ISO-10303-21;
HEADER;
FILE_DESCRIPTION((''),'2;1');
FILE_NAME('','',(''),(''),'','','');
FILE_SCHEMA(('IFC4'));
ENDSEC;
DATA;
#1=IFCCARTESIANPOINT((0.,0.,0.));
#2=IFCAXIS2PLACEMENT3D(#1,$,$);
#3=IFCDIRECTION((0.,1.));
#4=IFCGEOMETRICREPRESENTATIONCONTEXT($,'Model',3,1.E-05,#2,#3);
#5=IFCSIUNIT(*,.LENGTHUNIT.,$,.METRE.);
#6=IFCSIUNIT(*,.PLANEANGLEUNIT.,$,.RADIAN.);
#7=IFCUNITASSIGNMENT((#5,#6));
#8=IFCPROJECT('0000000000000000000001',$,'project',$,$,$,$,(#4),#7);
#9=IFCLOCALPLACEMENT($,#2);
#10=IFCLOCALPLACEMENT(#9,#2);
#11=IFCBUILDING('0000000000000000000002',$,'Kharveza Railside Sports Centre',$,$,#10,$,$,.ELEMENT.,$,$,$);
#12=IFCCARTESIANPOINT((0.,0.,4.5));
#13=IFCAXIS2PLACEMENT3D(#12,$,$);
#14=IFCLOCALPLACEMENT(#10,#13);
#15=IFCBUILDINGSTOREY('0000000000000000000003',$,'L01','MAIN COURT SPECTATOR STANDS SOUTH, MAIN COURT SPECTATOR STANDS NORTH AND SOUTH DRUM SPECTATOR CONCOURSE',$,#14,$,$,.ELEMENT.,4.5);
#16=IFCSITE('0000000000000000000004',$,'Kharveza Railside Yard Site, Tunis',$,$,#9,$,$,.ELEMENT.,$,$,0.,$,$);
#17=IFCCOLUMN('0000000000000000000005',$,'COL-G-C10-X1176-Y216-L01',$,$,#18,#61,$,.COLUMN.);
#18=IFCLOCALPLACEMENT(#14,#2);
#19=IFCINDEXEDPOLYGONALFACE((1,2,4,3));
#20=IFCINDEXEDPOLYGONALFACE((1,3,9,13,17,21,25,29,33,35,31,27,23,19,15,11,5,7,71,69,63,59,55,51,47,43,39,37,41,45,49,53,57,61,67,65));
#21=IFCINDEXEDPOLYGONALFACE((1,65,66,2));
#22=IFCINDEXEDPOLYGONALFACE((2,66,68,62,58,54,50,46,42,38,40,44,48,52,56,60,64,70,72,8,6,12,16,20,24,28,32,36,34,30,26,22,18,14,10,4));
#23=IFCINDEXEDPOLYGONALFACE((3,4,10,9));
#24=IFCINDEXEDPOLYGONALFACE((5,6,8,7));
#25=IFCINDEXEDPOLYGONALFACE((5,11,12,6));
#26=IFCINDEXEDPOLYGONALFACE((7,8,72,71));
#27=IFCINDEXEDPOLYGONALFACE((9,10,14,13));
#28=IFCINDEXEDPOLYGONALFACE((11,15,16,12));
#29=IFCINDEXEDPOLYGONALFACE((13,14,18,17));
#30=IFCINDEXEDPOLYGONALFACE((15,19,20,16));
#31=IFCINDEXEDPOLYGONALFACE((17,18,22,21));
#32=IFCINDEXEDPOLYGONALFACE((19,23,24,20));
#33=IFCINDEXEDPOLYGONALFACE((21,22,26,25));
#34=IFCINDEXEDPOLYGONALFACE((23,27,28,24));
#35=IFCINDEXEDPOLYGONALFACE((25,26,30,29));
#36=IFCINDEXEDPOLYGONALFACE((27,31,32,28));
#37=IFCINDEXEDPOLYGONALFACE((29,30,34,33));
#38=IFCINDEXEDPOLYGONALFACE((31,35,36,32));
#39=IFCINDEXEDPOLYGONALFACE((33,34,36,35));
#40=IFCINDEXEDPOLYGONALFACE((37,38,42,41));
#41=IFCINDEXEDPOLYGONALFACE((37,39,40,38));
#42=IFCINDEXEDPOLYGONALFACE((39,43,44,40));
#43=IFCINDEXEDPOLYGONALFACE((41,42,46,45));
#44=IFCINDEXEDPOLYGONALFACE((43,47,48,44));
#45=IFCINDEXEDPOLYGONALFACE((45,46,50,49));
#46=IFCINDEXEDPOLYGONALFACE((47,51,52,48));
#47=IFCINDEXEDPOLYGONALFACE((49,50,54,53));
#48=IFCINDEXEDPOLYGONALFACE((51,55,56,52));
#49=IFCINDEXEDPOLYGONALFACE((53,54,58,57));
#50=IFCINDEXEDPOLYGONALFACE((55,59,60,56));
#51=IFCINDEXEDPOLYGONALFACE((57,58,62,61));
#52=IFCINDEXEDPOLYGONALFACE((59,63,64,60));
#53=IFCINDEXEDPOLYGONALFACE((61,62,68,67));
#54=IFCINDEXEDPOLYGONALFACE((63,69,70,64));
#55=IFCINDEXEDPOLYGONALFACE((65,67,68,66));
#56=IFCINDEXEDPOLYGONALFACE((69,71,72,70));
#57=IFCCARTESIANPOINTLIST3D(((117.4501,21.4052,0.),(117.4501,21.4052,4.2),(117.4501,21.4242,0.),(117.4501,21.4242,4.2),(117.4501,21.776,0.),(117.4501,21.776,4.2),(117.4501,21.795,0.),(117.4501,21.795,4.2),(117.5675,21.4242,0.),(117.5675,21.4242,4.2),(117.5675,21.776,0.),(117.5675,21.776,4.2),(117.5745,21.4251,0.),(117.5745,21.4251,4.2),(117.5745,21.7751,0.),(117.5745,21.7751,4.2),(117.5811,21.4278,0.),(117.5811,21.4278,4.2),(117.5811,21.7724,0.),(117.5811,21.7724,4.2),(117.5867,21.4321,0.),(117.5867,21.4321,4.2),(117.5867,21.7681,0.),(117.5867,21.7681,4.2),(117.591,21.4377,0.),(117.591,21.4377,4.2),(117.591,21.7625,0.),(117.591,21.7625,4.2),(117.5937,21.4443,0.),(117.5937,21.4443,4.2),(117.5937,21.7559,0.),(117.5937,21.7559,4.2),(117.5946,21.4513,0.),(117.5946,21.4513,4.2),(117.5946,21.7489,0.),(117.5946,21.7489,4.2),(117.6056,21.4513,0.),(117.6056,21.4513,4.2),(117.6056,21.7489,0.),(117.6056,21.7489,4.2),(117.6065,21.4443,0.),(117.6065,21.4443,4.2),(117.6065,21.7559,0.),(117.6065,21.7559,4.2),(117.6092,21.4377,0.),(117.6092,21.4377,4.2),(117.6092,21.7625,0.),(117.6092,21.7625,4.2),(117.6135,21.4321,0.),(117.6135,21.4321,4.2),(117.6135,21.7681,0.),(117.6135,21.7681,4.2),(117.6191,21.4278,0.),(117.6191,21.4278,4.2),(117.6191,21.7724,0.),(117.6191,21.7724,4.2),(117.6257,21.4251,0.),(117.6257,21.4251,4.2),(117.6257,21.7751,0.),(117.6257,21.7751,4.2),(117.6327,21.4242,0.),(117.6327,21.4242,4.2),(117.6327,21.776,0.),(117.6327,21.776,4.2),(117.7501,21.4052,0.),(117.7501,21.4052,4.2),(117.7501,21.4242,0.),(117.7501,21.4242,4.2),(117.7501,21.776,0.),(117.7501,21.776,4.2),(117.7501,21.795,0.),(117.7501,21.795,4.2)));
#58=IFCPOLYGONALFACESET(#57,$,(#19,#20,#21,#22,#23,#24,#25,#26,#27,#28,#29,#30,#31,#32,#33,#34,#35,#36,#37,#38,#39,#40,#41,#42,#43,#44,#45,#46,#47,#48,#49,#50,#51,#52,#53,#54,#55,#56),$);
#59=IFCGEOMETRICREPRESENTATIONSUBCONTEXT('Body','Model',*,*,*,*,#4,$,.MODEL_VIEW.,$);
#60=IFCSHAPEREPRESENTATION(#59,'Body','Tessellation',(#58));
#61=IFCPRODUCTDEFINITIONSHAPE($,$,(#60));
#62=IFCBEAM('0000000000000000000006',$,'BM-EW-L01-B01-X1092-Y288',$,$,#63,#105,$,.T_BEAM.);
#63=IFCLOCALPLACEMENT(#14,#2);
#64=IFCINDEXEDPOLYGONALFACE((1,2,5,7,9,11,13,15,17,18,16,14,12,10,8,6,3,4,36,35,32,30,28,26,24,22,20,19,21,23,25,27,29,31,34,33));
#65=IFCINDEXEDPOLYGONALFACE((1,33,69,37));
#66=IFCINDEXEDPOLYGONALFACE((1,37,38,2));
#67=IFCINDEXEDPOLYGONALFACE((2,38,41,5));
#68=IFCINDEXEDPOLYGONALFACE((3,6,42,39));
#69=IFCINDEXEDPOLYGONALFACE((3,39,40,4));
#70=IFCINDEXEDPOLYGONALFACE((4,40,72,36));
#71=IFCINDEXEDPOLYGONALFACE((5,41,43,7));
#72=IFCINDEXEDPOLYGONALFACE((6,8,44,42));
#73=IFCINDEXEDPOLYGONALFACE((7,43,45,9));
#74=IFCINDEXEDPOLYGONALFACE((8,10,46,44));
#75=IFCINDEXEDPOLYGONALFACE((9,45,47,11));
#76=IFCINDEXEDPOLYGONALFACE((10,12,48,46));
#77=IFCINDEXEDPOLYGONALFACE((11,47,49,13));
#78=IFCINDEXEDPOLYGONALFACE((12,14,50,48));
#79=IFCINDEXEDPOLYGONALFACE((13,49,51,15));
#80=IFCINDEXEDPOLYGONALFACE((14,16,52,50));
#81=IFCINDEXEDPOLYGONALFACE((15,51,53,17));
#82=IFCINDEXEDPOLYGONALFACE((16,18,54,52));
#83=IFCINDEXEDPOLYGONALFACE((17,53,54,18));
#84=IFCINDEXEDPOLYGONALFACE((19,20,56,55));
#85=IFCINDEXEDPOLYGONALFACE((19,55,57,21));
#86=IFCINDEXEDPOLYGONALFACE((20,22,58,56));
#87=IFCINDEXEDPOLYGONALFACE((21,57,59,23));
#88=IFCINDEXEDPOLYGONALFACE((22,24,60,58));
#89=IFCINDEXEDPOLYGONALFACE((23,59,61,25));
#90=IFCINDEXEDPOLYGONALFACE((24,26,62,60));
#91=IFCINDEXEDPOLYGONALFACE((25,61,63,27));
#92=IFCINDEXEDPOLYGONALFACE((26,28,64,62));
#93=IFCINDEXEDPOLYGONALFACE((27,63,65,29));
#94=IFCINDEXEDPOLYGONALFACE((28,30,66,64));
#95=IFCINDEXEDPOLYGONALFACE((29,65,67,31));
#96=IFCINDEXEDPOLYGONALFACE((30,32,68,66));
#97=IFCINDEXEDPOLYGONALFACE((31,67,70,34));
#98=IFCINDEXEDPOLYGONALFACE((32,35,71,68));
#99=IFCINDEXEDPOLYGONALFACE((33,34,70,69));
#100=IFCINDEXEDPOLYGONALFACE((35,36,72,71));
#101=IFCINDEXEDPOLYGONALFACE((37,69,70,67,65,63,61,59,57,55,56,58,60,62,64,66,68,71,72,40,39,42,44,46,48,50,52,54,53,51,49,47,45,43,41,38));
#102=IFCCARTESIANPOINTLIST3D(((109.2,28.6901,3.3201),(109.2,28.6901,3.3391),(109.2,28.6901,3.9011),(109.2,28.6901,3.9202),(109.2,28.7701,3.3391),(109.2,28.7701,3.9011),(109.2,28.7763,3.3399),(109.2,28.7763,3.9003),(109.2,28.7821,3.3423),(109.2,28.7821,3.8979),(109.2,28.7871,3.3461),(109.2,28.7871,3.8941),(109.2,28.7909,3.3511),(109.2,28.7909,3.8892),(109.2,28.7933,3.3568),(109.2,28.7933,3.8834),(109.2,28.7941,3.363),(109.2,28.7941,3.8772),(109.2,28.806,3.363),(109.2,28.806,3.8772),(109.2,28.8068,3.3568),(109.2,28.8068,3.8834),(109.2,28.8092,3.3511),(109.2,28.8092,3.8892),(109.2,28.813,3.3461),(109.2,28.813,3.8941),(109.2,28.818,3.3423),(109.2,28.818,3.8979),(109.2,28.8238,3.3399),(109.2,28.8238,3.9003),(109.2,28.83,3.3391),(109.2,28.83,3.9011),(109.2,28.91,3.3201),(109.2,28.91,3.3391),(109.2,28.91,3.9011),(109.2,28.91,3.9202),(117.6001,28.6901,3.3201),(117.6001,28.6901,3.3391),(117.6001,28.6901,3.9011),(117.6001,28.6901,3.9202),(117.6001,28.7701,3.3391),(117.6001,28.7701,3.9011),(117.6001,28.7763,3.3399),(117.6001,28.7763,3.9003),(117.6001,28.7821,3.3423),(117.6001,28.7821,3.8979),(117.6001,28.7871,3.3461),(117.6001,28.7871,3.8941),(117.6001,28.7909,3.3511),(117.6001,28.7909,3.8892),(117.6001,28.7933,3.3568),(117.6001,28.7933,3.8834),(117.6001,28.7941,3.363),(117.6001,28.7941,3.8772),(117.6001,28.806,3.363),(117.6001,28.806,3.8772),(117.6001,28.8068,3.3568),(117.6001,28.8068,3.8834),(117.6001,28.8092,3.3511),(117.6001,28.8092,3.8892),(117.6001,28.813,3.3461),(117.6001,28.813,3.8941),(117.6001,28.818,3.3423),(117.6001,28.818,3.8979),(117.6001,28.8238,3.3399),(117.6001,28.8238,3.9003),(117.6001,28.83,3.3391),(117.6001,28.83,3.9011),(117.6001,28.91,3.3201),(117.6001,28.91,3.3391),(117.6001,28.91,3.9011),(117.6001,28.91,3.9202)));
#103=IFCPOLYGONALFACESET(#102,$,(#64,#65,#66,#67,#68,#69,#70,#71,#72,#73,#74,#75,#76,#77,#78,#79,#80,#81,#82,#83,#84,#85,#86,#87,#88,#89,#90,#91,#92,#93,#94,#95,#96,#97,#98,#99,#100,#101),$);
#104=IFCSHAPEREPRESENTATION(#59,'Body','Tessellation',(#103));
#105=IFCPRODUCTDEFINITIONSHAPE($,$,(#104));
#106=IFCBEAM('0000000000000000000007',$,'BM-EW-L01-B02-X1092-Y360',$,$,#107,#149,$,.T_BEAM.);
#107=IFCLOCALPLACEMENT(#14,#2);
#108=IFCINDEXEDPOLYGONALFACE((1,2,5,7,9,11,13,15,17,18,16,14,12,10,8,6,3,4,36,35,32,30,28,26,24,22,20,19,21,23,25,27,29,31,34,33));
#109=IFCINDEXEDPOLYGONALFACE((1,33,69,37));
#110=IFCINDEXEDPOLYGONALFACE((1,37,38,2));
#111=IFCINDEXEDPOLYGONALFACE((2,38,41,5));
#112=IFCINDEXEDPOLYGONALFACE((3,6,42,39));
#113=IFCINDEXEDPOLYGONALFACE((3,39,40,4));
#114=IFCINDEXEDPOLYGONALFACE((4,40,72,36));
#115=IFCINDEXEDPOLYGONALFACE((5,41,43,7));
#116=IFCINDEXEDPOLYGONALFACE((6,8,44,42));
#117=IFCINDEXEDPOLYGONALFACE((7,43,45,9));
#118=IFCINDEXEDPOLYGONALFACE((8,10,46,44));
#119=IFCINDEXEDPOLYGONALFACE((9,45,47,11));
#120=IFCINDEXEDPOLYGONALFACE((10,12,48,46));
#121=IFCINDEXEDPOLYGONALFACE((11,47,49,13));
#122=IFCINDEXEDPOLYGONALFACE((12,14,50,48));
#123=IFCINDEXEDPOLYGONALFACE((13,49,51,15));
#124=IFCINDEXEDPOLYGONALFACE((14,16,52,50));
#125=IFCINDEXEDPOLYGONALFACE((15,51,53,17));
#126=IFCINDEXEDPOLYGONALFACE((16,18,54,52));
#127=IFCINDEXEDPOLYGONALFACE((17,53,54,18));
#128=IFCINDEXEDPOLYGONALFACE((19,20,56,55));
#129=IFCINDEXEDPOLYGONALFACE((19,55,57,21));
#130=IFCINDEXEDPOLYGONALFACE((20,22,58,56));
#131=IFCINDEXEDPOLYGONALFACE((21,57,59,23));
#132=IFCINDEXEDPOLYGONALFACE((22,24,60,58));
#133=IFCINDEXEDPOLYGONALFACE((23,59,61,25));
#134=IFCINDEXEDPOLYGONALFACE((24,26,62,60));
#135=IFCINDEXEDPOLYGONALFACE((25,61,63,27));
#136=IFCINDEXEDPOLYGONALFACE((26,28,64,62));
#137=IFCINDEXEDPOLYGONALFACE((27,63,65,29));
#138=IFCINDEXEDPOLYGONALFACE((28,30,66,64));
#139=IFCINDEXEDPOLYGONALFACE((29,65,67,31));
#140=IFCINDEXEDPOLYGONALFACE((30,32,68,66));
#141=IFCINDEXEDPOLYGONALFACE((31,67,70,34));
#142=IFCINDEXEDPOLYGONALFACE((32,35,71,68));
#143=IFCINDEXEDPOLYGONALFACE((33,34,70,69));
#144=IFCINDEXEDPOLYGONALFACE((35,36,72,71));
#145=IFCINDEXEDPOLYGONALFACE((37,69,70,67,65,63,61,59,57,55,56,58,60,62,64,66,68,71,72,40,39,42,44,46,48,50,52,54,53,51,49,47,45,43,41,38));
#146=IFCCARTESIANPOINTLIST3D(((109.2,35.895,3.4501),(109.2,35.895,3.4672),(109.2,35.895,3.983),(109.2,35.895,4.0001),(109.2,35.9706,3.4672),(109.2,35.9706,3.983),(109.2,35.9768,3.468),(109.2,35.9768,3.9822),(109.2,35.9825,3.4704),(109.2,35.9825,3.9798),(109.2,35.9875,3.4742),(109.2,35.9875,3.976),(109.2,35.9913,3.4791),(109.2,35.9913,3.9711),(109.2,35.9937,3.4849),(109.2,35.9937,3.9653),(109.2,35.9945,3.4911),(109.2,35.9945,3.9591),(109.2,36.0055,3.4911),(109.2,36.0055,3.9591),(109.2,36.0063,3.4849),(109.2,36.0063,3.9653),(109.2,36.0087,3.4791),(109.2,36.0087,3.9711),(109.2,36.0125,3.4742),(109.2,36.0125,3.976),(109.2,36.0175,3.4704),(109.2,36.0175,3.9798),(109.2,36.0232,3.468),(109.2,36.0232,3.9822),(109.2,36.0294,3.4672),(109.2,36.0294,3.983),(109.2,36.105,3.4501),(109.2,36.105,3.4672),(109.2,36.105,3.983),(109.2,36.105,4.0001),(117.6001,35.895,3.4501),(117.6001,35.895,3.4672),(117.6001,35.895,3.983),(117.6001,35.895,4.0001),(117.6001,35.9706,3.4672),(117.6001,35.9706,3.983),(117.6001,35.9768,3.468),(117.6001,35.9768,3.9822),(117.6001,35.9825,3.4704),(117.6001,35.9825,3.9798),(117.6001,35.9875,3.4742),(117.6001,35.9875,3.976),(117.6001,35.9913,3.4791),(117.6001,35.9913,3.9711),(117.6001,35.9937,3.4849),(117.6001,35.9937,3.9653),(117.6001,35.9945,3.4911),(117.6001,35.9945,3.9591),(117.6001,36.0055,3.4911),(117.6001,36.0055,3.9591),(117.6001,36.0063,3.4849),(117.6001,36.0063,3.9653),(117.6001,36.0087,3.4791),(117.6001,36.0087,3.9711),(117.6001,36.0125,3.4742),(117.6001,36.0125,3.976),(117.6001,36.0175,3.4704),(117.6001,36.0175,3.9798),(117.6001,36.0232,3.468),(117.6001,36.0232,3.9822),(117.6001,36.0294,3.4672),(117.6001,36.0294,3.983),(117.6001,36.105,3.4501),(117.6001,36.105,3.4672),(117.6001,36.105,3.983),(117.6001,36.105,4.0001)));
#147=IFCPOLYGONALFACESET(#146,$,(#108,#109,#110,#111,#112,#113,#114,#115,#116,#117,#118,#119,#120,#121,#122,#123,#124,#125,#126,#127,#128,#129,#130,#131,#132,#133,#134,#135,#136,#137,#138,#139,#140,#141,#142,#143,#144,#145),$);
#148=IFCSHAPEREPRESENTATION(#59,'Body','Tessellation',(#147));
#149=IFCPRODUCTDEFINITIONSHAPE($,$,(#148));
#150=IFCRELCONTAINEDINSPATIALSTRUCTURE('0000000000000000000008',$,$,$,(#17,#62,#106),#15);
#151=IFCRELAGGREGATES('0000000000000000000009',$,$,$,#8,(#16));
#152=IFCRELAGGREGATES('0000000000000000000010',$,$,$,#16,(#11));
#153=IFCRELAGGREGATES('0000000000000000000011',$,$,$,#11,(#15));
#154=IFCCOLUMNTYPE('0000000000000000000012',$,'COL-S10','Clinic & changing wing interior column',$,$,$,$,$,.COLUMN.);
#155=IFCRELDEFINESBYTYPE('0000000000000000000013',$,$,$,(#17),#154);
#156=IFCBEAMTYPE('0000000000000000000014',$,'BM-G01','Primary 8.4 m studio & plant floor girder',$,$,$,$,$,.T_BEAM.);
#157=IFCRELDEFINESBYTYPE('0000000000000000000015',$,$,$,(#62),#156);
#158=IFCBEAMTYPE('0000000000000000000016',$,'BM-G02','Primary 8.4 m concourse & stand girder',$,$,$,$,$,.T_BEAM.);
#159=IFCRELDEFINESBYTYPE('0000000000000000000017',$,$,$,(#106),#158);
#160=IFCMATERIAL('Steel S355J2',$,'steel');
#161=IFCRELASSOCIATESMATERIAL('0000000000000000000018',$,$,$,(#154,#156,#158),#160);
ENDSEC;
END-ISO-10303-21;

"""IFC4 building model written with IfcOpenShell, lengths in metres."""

from ifc_helpers import new_model, si_unit, direction, frame, origin, origin_2d, place, context, subcontext, project, spatial, i_section, extrude, material, material_profile, profile_set, type_object, element, save


model = new_model("IFC4")

# Units and contexts
model_context = context("Model", 3, precision=1e-05, world=origin(), true_north=direction((0.0, 1.0)))
body_context = subcontext(model_context, "Body", "Model", "MODEL_VIEW")
ifc_project = project(units=[si_unit("LENGTHUNIT", "METRE"), si_unit("PLANEANGLEUNIT", "RADIAN")], contexts=[model_context])

# Site, building, storey
site_placement = place(None, origin())
site = spatial("IfcSite", under=ifc_project, at=site_placement, Name="Kharveza Railside Yard Site, Tunis", CompositionType="ELEMENT", RefElevation=0.0)
building_placement = place(site_placement, origin())
building = spatial("IfcBuilding", under=site, at=building_placement, Name="Kharveza Railside Sports Centre", CompositionType="ELEMENT")
storey_placement = place(building_placement, frame((0.0, 0.0, 4.5)))
storey = spatial("IfcBuildingStorey", under=building, at=storey_placement, Name="L01", Description="MAIN COURT SPECTATOR STANDS SOUTH, MAIN COURT SPECTATOR STANDS NORTH AND SOUTH DRUM SPECTATOR CONCOURSE", CompositionType="ELEMENT", Elevation=4.5)

# Column
ifc_material_1 = material(Name="Steel S355J2", Category="steel")
ifc_material_profile_1 = material_profile(ifc_material_1, i_section(OverallWidth=0.3, OverallDepth=0.3899, WebThickness=0.011, FlangeThickness=0.019, FilletRadius=0.0271, at=origin_2d()), Name="HEA 400")
ifc_profile_set_1 = profile_set([ifc_material_profile_1], Name="Steel S355J2")
column_type_1 = type_object("IfcColumnType", Name="COL-S10", Description="Clinic & changing wing interior column", PredefinedType="COLUMN", material=ifc_profile_set_1)
column_placement = place(storey_placement, frame((117.6001, 21.6001, 0.0), z_axis=(0.0, 0.0, 1.0), x_axis=(1.0, 0.0, 0.0)))
element("IfcColumn", 1, at=column_placement, inside=storey, type_object=column_type_1, Name="COL-G-C10-X1176-Y216-L01", PredefinedType="COLUMN", context=body_context, shape_type="SweptSolid", body=[
    extrude(i_section(OverallWidth=0.3, OverallDepth=0.3899, WebThickness=0.011, FlangeThickness=0.019, FilletRadius=0.0271, at=origin_2d()), origin(), (0.0, 0.0, 1.0), 4.2),
])

# Beams
ifc_material_profile_2 = material_profile(ifc_material_1, i_section(OverallWidth=0.22, OverallDepth=0.6001, WebThickness=0.012, FlangeThickness=0.019, FilletRadius=0.0239, at=origin_2d()), Name="IPE 600")
ifc_profile_set_2 = profile_set([ifc_material_profile_2], Name="Steel S355J2")
beam_type_1 = type_object("IfcBeamType", Name="BM-G01", Description="Primary 8.4 m studio & plant floor girder", PredefinedType="T_BEAM", material=ifc_profile_set_2)
beam_1_placement = place(storey_placement, frame((109.2, 28.8, 3.6201), z_axis=(1.0, 0.0, 0.0), x_axis=(0.0, 1.0, 0.0)))
element("IfcBeam", 2, at=beam_1_placement, inside=storey, type_object=beam_type_1, Name="BM-EW-L01-B01-X1092-Y288", PredefinedType="T_BEAM", context=body_context, shape_type="SweptSolid", body=[
    extrude(i_section(OverallWidth=0.22, OverallDepth=0.6001, WebThickness=0.012, FlangeThickness=0.019, FilletRadius=0.0239, at=origin_2d()), origin(), (0.0, 0.0, 1.0), 8.4001),
])
ifc_material_profile_3 = material_profile(ifc_material_1, i_section(OverallWidth=0.21, OverallDepth=0.55, WebThickness=0.011, FlangeThickness=0.0171, FilletRadius=0.0239, at=origin_2d()), Name="IPE 550")
ifc_profile_set_3 = profile_set([ifc_material_profile_3], Name="Steel S355J2")
beam_type_2 = type_object("IfcBeamType", Name="BM-G02", Description="Primary 8.4 m concourse & stand girder", PredefinedType="T_BEAM", material=ifc_profile_set_3)
beam_2_placement = place(storey_placement, frame((109.2, 36.0, 3.7251), z_axis=(1.0, 0.0, 0.0), x_axis=(0.0, 1.0, 0.0)))
element("IfcBeam", 3, at=beam_2_placement, inside=storey, type_object=beam_type_2, Name="BM-EW-L01-B02-X1092-Y360", PredefinedType="T_BEAM", context=body_context, shape_type="SweptSolid", body=[
    extrude(i_section(OverallWidth=0.21, OverallDepth=0.55, WebThickness=0.011, FlangeThickness=0.0171, FilletRadius=0.0239, at=origin_2d()), origin(), (0.0, 0.0, 1.0), 8.4001),
])

save(model, "model.ifc")
